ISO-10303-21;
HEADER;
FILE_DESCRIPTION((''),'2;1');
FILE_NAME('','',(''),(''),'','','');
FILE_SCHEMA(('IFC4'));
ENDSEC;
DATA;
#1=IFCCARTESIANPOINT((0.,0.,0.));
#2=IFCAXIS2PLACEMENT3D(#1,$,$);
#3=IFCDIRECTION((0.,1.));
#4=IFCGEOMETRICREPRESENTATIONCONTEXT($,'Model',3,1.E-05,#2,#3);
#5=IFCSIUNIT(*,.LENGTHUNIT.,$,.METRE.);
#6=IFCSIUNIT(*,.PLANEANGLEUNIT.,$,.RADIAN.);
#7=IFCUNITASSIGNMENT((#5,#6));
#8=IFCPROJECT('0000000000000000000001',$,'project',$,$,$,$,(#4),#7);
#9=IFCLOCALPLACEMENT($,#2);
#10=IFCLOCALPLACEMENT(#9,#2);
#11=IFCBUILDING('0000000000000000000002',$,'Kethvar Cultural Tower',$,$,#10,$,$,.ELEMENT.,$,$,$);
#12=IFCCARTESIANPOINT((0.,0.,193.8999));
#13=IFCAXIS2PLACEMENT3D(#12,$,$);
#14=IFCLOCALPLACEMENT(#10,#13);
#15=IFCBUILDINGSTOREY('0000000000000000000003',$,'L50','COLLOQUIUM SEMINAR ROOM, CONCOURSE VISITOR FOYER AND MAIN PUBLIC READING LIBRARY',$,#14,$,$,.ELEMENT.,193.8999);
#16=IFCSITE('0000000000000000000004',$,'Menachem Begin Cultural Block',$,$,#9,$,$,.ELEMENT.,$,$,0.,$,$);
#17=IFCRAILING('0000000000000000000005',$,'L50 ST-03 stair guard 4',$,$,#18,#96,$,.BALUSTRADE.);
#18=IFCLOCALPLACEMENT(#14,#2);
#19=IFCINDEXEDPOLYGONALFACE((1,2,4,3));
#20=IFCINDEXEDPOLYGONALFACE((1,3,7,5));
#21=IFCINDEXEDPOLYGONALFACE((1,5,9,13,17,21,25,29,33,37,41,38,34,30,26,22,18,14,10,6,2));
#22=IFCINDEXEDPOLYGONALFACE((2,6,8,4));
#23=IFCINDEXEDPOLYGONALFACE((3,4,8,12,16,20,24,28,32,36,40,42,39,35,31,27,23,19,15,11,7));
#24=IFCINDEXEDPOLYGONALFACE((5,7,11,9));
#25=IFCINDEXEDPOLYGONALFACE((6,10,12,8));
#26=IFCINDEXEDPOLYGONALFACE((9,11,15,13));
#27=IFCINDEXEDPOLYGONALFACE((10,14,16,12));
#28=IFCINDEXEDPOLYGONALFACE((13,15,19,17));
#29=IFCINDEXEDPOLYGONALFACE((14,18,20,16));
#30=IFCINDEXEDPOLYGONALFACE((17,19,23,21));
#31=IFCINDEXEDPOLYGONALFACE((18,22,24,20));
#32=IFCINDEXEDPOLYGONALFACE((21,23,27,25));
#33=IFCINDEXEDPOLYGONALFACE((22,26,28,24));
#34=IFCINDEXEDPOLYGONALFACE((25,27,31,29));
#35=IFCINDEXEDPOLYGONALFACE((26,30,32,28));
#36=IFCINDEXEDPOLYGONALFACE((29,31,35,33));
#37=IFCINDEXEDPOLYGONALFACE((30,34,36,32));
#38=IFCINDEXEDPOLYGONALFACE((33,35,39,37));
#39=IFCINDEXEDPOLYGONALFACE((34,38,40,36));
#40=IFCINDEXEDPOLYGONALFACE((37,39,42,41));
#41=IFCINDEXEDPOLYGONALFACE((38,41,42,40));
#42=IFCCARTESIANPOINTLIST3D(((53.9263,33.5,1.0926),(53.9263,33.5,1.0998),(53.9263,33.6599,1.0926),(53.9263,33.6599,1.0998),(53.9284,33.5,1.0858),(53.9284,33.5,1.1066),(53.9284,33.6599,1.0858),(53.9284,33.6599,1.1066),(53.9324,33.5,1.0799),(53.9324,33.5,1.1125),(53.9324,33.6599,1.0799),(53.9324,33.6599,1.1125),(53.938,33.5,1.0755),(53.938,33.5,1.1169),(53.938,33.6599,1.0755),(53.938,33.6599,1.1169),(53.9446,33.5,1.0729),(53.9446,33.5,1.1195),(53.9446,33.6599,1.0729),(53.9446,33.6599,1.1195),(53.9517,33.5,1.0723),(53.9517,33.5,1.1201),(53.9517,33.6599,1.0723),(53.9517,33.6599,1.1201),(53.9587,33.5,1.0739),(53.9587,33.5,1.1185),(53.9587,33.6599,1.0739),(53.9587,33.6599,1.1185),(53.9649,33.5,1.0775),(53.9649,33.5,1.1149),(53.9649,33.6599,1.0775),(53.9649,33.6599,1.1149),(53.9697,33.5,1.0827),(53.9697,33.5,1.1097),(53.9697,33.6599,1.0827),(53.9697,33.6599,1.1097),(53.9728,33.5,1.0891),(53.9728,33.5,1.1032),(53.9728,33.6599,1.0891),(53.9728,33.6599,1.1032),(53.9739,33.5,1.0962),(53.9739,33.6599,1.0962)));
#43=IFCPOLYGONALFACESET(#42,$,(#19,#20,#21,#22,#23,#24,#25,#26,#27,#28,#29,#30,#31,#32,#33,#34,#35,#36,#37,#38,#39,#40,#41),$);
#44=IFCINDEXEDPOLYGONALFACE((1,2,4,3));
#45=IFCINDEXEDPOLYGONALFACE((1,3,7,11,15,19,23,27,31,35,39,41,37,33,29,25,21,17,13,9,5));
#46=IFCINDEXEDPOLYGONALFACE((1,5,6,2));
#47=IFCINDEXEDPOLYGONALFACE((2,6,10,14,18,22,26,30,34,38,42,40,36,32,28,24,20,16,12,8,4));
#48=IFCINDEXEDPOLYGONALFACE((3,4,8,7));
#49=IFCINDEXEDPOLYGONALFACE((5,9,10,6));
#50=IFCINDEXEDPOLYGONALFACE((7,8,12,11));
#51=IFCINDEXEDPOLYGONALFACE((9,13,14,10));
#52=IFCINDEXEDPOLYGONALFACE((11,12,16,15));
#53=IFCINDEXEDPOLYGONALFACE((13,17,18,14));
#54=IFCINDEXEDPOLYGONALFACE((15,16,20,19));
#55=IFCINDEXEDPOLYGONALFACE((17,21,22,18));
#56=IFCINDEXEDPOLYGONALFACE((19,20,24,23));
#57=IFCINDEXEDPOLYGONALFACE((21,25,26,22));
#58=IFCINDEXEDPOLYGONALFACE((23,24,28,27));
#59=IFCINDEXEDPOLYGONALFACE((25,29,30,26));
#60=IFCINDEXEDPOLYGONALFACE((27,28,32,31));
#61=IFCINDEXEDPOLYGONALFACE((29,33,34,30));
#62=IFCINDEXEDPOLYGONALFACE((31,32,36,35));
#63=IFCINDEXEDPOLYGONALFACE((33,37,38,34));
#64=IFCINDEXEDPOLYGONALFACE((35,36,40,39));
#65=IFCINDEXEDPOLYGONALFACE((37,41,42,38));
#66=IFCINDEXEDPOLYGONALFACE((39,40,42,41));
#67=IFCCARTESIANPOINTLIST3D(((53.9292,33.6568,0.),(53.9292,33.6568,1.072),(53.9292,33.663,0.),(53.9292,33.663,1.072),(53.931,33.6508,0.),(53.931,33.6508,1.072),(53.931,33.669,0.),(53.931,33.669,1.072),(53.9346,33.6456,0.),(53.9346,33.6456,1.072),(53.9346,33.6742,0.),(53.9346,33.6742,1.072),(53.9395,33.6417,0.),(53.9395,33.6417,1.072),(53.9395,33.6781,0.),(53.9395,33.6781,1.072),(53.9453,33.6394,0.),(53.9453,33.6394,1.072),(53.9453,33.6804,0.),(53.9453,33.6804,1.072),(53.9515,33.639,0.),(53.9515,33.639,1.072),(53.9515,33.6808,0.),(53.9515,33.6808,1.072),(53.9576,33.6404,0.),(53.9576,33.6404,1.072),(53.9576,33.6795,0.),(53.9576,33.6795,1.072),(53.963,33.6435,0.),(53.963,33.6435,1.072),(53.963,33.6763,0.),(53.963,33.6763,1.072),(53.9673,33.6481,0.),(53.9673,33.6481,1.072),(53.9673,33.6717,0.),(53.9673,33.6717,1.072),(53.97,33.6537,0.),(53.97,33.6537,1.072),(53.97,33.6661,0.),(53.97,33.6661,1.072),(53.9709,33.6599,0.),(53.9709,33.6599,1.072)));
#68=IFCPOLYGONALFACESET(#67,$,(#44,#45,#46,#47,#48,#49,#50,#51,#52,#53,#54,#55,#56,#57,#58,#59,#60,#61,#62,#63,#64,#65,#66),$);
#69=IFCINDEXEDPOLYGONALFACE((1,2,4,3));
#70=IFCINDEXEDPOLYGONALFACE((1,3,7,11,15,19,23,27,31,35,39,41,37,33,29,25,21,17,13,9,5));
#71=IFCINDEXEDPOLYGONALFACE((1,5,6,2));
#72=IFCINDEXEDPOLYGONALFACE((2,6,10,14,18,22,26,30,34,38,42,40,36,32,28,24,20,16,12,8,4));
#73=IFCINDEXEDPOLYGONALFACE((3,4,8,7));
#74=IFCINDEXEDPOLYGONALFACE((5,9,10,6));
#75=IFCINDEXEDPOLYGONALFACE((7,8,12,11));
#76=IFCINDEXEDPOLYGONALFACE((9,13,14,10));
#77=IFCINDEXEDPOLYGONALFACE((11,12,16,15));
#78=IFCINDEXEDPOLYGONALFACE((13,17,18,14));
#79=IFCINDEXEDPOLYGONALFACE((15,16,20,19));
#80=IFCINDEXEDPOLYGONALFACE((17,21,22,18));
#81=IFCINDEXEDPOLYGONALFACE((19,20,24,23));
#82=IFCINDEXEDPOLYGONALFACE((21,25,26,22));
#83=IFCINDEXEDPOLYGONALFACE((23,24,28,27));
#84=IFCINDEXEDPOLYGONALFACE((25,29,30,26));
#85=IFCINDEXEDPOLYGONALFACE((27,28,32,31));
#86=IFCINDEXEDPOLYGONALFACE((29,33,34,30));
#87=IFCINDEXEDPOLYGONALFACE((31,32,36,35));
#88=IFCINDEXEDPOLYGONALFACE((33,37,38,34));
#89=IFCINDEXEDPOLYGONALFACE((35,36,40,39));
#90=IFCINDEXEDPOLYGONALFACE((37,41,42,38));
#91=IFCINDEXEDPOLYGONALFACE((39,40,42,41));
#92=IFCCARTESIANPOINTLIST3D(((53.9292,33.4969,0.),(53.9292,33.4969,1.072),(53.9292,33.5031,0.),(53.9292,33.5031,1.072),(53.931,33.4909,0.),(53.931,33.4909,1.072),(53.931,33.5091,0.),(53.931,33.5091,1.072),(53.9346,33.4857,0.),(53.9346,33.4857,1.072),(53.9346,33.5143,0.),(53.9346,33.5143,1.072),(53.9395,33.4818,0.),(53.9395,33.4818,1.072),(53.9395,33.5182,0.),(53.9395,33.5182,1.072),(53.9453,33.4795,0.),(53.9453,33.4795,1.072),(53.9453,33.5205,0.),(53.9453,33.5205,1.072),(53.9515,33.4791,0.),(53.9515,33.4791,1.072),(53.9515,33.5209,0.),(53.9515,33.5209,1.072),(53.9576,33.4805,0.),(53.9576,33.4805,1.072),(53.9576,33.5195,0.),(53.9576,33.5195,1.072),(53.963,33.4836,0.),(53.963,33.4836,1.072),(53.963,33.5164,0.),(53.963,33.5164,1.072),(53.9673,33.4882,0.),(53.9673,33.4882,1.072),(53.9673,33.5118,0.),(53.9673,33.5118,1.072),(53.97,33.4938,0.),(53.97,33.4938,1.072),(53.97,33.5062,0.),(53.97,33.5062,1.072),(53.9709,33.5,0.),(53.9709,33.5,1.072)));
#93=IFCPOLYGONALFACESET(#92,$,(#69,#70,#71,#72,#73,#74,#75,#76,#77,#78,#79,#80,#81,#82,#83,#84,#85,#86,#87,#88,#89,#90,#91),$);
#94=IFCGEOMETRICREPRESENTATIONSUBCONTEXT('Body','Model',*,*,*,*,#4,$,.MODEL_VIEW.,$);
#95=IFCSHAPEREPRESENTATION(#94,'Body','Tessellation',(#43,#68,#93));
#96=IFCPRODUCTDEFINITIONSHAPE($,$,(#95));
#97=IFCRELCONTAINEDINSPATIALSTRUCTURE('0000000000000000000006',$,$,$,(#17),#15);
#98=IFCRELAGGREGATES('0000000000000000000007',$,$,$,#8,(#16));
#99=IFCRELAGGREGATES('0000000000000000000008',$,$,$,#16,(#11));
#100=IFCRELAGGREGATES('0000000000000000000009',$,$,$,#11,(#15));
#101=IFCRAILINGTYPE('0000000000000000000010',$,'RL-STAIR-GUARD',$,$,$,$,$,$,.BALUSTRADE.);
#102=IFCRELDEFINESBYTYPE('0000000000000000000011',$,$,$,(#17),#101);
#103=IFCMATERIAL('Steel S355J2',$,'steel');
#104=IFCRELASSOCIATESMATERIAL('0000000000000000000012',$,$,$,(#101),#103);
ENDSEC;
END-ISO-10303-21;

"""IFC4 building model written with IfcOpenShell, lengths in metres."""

from ifc_helpers import new_model, si_unit, direction, frame, origin, origin_2d, place, context, subcontext, project, spatial, circle, extrude, material, type_object, element, save


model = new_model("IFC4")

# Units and contexts
model_context = context("Model", 3, precision=1e-05, world=origin(), true_north=direction((0.0, 1.0)))
body_context = subcontext(model_context, "Body", "Model", "MODEL_VIEW")
ifc_project = project(units=[si_unit("LENGTHUNIT", "METRE"), si_unit("PLANEANGLEUNIT", "RADIAN")], contexts=[model_context])

# Site, building, storey
site_placement = place(None, origin())
site = spatial("IfcSite", under=ifc_project, at=site_placement, Name="Menachem Begin Cultural Block", CompositionType="ELEMENT", RefElevation=0.0)
building_placement = place(site_placement, origin())
building = spatial("IfcBuilding", under=site, at=building_placement, Name="Kethvar Cultural Tower", CompositionType="ELEMENT")
storey_placement = place(building_placement, frame((0.0, 0.0, 193.8999)))
storey = spatial("IfcBuildingStorey", under=building, at=storey_placement, Name="L50", Description="COLLOQUIUM SEMINAR ROOM, CONCOURSE VISITOR FOYER AND MAIN PUBLIC READING LIBRARY", CompositionType="ELEMENT", Elevation=193.8999)

# Shared definitions
ifc_material_1 = material(Name="Steel S355J2", Category="steel")

# Railing
railing_type_1 = type_object("IfcRailingType", Name="RL-STAIR-GUARD", PredefinedType="BALUSTRADE", material=ifc_material_1)
railing_1_placement = place(storey_placement, frame((53.95, 33.6599, 0.0)))
element("IfcRailing", 1, at=railing_1_placement, inside=storey, type_object=railing_type_1, Name="L50 ST-03 stair guard 4", PredefinedType="BALUSTRADE", context=body_context, shape_type="SweptSolid", body=[
    extrude(circle(Radius=0.0239, at=origin_2d()), frame((0.0, 0.0, 1.0962), z_axis=(0.0, -1.0, 0.0), x_axis=(1.0, 0.0, 0.0)), (0.0, 0.0, 1.0), 0.1599),
    extrude(circle(Radius=0.021, at=origin_2d()), origin(), (0.0, 0.0, 1.0), 1.072),
    extrude(circle(Radius=0.021, at=origin_2d()), frame((0.0, -0.1599, 0.0)), (0.0, 0.0, 1.0), 1.072),
])

save(model, "model.ifc")
